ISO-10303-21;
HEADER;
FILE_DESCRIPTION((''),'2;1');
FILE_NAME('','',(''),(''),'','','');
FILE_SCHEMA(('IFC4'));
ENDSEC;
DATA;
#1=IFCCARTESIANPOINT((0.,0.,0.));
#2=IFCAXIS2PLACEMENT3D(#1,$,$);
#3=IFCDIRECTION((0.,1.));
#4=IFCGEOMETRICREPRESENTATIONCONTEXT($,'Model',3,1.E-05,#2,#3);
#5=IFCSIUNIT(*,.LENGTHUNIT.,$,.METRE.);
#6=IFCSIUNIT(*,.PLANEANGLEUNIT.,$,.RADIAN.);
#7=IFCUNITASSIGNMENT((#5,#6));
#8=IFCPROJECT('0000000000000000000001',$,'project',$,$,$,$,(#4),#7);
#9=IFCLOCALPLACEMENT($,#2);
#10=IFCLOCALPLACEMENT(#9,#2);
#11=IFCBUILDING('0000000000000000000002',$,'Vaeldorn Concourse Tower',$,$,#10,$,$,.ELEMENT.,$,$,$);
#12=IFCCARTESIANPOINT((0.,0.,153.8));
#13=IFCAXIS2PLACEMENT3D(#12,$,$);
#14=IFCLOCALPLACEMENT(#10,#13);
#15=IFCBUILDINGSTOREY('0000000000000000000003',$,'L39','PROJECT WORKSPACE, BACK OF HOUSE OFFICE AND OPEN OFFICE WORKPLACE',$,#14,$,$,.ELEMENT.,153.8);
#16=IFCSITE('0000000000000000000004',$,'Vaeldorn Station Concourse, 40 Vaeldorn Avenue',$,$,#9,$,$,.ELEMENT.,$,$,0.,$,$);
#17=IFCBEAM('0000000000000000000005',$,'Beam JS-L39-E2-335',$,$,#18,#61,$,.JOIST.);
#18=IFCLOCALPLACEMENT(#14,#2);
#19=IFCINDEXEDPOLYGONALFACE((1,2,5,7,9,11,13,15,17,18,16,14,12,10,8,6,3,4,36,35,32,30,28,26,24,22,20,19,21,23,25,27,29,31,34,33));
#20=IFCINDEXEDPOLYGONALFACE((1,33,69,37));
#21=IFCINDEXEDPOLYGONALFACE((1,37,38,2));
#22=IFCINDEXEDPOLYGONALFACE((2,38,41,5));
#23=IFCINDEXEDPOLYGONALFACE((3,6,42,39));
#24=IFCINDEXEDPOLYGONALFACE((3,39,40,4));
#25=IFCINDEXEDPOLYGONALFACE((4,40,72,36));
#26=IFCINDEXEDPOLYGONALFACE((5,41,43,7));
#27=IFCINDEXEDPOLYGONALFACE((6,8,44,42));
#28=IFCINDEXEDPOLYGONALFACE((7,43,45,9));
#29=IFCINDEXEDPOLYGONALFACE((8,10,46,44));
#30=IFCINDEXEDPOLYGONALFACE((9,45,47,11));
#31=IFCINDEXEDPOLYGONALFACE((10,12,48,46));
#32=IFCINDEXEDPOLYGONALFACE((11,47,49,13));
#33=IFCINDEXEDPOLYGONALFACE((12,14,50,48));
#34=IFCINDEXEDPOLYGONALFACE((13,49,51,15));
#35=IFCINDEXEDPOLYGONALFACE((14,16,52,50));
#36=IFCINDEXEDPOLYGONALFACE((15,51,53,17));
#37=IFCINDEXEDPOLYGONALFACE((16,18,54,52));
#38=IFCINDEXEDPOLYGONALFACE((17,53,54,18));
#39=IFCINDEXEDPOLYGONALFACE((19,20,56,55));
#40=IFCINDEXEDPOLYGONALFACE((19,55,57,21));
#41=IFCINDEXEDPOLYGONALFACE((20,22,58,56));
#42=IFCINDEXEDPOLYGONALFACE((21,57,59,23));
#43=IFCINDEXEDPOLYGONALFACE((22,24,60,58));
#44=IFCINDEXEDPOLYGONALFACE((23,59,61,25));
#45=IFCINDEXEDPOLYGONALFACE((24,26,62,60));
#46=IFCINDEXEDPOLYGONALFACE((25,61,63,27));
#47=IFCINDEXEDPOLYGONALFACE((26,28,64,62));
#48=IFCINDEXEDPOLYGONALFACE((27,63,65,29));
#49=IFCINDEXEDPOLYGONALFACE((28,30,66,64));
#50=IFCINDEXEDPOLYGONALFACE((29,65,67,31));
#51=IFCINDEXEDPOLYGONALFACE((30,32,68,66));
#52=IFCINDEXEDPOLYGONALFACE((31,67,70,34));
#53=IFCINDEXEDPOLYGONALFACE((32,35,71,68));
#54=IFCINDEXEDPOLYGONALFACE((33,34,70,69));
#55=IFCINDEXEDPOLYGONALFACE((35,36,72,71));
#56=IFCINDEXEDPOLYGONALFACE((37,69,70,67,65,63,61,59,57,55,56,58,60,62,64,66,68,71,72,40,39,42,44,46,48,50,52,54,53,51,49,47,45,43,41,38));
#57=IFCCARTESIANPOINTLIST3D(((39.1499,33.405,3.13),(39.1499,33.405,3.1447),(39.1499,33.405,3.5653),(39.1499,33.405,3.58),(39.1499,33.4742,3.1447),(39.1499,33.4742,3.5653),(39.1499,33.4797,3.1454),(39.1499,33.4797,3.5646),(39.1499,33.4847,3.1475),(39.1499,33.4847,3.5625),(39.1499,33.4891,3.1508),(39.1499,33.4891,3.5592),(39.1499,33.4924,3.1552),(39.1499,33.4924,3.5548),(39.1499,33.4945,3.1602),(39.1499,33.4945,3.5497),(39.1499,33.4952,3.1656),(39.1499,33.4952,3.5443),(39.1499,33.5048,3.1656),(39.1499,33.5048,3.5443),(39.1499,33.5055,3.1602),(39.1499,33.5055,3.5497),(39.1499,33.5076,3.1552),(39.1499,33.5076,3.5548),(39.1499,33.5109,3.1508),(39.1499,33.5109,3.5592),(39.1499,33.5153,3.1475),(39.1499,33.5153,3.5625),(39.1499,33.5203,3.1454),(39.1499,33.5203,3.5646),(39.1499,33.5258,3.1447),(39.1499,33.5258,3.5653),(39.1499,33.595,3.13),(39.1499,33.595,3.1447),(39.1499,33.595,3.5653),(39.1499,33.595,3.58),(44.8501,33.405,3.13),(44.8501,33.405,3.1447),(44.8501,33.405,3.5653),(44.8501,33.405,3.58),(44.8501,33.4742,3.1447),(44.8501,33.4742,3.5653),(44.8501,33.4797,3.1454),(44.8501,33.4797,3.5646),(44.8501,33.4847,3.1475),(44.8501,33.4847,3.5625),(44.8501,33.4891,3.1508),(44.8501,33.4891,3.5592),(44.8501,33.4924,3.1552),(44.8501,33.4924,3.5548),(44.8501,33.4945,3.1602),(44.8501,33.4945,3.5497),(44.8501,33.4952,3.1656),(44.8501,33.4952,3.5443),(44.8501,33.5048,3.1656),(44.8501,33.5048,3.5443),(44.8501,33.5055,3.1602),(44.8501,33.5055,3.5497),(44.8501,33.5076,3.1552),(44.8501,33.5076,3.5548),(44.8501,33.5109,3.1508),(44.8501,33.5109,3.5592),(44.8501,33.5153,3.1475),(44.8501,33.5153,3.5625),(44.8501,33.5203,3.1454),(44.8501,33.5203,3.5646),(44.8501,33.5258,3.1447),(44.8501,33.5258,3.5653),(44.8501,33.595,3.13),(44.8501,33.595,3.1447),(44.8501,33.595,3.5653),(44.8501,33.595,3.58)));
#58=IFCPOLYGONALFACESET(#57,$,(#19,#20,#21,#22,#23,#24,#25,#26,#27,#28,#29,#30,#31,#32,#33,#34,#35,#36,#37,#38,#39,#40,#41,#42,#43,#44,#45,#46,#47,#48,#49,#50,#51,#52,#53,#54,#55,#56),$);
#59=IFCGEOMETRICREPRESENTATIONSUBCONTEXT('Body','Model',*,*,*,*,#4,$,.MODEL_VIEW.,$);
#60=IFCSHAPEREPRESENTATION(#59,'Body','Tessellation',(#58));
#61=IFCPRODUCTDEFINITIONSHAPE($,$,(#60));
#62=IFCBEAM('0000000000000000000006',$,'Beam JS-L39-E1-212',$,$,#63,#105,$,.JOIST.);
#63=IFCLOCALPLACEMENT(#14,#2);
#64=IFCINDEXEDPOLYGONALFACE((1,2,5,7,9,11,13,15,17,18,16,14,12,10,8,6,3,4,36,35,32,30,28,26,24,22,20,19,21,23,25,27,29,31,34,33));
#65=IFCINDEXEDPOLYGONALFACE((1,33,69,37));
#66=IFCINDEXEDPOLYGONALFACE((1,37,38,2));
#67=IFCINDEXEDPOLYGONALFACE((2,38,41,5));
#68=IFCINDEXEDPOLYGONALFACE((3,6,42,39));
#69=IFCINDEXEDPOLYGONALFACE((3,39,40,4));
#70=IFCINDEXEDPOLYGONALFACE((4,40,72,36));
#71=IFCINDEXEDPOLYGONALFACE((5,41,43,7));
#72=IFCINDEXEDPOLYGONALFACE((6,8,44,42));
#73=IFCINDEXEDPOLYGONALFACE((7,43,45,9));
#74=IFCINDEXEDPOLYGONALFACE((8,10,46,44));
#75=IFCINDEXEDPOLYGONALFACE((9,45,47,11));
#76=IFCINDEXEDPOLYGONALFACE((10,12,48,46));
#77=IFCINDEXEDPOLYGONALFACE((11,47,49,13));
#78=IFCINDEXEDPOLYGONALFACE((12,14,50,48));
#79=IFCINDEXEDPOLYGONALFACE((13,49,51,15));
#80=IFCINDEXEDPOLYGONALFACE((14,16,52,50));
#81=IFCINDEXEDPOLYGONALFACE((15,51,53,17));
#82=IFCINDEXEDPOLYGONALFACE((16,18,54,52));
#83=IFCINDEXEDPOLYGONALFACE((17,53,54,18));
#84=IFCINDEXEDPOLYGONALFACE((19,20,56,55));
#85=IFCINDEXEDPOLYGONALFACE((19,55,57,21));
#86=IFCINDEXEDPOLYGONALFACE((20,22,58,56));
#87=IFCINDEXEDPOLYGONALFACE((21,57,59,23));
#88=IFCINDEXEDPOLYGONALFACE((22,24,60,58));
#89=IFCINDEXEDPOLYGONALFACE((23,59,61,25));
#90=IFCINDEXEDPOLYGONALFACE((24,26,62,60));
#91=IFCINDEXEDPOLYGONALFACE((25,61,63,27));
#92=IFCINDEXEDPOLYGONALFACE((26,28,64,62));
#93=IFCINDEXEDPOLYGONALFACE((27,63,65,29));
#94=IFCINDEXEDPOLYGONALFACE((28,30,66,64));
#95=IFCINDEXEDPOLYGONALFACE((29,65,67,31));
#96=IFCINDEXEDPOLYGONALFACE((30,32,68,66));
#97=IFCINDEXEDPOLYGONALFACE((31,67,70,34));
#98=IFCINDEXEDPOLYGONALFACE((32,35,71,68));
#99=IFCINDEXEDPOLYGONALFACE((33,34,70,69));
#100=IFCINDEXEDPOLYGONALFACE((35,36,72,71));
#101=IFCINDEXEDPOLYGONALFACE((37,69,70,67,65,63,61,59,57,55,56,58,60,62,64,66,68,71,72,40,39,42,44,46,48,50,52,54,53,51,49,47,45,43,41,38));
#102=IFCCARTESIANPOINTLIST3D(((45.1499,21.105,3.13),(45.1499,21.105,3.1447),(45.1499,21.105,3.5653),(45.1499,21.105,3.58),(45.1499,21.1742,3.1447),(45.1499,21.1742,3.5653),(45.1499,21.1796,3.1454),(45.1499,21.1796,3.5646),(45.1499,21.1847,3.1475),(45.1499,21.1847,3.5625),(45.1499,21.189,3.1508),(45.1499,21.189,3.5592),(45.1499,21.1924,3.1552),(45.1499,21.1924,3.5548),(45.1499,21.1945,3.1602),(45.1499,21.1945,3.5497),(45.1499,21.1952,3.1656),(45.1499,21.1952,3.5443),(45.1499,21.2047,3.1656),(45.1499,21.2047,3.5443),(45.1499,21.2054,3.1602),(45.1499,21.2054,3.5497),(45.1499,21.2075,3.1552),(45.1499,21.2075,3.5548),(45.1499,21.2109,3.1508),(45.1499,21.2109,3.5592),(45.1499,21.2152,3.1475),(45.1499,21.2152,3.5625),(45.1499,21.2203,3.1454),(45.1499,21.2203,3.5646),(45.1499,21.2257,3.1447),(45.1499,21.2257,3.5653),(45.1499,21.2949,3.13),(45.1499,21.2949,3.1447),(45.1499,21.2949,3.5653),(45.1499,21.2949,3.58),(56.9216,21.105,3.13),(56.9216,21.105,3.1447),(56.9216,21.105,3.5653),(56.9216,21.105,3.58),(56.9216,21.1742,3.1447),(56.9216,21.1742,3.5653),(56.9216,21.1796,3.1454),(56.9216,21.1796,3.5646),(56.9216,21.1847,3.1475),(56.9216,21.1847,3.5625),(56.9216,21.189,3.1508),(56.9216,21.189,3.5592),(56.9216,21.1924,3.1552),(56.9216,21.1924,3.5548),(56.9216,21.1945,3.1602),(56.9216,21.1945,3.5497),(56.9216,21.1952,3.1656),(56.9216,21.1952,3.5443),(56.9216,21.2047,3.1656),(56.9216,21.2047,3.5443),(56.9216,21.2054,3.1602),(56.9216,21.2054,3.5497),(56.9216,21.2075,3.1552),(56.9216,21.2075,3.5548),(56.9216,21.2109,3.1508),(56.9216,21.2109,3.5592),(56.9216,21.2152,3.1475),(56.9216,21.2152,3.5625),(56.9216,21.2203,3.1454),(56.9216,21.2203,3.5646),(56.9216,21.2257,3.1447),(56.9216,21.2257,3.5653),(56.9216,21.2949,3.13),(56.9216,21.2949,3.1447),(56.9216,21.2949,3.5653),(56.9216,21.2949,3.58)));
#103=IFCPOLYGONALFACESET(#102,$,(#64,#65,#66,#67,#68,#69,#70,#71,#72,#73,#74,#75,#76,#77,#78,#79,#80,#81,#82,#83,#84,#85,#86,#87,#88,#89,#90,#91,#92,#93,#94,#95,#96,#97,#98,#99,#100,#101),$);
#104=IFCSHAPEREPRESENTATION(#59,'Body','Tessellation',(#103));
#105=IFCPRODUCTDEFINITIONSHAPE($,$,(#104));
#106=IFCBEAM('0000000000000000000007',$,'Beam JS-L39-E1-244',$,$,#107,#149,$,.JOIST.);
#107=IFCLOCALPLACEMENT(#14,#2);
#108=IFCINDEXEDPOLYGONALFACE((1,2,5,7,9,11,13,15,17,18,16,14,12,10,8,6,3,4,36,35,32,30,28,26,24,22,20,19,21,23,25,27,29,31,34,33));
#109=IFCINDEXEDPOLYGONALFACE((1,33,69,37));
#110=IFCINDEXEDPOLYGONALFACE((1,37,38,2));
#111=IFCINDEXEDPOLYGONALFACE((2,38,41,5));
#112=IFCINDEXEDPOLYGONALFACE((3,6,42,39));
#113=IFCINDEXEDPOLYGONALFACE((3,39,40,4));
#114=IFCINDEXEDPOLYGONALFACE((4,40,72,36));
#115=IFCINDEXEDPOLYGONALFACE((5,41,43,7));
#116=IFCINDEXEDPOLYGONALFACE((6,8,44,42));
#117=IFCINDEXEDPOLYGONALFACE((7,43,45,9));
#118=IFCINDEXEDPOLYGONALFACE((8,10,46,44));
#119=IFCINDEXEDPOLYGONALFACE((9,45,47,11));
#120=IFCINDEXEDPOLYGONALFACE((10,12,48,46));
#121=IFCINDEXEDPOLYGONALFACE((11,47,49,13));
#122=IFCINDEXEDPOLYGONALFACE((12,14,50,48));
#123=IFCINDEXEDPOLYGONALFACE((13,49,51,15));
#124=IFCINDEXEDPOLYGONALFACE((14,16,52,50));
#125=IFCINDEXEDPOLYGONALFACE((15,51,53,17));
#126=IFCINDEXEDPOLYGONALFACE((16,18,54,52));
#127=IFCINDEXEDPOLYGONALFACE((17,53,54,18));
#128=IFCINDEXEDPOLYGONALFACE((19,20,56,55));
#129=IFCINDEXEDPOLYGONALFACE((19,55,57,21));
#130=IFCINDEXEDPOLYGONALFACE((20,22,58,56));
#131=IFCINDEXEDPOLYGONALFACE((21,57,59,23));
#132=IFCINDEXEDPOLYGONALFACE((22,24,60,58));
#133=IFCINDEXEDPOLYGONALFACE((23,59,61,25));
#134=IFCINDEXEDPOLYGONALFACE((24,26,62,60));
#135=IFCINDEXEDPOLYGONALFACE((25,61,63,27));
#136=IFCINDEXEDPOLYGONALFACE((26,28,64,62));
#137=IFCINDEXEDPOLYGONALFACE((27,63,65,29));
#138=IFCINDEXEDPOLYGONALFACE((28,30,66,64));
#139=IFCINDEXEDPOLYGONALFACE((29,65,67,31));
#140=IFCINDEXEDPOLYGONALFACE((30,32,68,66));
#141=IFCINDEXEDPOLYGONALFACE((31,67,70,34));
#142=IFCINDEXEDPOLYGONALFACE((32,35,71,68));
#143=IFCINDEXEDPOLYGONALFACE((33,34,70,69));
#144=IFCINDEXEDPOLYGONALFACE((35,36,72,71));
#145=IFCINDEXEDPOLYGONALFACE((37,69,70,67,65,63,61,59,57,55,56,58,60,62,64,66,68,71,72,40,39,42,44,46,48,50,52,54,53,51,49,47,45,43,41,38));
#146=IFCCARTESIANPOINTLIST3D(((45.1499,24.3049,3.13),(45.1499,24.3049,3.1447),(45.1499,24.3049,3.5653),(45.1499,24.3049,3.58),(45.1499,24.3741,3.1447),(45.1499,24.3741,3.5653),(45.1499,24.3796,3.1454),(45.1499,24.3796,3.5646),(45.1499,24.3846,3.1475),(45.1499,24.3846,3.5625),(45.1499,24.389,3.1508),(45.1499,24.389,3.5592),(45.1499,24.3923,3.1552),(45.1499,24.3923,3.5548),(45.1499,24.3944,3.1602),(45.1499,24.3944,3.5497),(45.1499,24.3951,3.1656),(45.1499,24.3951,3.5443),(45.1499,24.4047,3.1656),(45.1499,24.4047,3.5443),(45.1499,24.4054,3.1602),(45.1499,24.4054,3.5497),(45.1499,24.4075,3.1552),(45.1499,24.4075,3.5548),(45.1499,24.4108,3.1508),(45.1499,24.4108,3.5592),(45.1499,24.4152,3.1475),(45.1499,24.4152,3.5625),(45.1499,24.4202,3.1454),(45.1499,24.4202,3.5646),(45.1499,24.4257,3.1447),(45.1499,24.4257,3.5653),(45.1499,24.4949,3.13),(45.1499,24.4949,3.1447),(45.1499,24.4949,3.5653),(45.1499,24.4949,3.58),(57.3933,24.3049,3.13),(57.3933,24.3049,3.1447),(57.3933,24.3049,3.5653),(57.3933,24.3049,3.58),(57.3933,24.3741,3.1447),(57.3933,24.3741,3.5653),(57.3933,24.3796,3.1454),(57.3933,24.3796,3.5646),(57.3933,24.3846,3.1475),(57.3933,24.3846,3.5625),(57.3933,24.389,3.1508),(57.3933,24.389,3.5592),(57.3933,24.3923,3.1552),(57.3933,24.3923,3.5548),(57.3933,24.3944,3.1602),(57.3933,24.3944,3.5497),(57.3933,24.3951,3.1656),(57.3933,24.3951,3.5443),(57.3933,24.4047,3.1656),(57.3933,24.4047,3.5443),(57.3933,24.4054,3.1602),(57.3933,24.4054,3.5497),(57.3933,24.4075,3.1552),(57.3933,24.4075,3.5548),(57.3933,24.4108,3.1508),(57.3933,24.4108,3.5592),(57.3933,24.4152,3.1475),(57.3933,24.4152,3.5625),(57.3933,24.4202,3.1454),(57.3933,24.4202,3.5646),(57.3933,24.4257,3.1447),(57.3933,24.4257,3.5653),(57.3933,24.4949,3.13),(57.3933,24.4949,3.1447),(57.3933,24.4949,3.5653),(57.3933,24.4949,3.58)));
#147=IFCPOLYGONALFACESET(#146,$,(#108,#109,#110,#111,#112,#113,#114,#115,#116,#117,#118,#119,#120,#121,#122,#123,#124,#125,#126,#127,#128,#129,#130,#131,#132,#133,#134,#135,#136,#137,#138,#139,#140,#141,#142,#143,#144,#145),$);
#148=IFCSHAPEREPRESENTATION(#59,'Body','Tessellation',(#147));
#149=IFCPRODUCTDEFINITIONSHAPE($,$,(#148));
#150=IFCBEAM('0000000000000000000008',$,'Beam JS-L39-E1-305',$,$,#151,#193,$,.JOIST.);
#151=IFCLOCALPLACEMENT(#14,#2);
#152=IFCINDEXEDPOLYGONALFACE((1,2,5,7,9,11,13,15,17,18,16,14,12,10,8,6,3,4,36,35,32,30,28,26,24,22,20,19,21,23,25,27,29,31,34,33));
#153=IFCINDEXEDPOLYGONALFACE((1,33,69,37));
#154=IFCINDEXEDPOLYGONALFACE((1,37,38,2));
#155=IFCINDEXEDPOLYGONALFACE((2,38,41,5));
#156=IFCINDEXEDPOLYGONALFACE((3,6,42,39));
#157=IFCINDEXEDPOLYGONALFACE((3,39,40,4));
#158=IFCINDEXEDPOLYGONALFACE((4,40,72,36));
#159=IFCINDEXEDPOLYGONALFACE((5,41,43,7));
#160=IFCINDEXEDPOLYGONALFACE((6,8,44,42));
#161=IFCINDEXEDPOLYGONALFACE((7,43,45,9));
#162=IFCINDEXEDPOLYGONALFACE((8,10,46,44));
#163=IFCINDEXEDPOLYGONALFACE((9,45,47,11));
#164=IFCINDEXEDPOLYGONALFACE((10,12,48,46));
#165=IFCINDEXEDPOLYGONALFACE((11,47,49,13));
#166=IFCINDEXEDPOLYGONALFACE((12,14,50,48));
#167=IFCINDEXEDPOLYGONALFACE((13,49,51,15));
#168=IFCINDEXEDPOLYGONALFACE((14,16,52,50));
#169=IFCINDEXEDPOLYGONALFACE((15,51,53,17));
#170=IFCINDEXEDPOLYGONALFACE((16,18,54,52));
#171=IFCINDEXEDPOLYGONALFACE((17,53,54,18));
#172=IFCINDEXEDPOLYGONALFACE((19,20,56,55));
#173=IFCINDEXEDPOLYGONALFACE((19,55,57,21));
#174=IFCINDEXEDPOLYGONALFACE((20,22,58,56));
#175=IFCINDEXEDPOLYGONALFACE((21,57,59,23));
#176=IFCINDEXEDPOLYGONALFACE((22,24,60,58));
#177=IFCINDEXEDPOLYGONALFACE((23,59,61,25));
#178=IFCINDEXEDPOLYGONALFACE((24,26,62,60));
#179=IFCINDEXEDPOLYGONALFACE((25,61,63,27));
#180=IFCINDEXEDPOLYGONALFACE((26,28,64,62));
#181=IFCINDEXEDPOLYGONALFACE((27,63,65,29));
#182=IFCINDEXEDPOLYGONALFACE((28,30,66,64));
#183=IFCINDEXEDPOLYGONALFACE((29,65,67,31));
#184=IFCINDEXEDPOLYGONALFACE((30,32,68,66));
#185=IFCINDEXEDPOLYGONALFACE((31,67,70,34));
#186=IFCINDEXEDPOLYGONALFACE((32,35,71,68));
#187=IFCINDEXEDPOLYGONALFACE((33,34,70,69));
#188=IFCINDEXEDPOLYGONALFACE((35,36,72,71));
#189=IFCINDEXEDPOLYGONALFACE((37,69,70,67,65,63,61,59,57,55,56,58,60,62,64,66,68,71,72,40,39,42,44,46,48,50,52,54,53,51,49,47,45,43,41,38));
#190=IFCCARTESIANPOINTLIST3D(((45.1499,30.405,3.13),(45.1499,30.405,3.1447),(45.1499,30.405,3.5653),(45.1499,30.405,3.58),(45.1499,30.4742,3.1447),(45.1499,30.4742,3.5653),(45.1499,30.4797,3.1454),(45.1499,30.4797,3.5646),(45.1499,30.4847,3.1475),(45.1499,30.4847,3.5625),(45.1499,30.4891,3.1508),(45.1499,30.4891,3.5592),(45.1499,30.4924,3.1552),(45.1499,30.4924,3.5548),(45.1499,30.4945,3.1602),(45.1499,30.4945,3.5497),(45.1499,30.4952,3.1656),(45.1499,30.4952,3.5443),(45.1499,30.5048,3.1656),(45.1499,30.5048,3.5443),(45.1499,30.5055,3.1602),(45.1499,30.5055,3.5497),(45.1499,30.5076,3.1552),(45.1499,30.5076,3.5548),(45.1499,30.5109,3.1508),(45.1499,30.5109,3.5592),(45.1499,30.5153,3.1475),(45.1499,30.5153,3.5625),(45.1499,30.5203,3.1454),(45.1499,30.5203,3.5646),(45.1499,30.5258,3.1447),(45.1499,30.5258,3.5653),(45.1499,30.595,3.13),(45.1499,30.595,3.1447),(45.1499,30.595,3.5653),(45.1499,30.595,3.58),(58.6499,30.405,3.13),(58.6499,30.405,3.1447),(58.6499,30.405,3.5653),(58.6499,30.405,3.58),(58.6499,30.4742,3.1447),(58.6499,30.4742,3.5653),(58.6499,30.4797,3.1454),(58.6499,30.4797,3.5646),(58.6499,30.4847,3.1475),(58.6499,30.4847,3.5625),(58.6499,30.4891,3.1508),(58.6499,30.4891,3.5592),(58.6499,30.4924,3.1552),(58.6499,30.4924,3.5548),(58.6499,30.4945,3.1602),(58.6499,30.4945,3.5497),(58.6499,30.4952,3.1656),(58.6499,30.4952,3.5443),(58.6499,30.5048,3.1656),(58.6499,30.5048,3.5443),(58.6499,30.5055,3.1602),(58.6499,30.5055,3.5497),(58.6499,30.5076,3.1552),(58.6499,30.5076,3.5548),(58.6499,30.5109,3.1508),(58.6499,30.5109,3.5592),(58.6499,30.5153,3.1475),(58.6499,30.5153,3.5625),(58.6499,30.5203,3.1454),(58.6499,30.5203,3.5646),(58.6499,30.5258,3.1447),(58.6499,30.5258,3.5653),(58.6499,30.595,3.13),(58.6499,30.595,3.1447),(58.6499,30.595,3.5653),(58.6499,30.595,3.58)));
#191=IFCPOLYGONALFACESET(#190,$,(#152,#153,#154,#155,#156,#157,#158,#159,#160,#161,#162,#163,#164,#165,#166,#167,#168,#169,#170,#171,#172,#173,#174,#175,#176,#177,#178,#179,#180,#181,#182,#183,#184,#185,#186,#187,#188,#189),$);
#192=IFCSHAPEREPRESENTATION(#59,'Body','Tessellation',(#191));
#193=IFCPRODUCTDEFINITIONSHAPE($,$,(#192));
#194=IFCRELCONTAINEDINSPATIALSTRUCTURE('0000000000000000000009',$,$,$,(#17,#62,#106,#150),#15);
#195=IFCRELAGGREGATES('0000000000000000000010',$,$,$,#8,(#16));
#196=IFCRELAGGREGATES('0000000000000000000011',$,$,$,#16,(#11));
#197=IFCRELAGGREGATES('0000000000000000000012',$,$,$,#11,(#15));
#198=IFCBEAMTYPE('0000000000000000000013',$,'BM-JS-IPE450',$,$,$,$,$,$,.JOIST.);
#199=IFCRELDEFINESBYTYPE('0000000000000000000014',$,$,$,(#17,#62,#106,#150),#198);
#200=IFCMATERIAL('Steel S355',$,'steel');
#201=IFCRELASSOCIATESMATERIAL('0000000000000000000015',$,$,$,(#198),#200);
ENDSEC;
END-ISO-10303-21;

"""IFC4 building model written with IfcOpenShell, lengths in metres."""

from ifc_helpers import new_model, si_unit, direction, frame, origin, origin_2d, place, context, subcontext, project, spatial, i_section, extrude, source, transform, mapped, material, material_profile, profile_set, type_object, element, save


model = new_model("IFC4")

# Units and contexts
model_context = context("Model", 3, precision=1e-05, world=origin(), true_north=direction((0.0, 1.0)))
body_context = subcontext(model_context, "Body", "Model", "MODEL_VIEW")
ifc_project = project(units=[si_unit("LENGTHUNIT", "METRE"), si_unit("PLANEANGLEUNIT", "RADIAN")], contexts=[model_context])

# Site, building, storey
site_placement = place(None, origin())
site = spatial("IfcSite", under=ifc_project, at=site_placement, Name="Vaeldorn Station Concourse, 40 Vaeldorn Avenue", CompositionType="ELEMENT", RefElevation=0.0)
building_placement = place(site_placement, origin())
building = spatial("IfcBuilding", under=site, at=building_placement, Name="Vaeldorn Concourse Tower", CompositionType="ELEMENT")
storey_placement = place(building_placement, frame((0.0, 0.0, 153.8)))
storey = spatial("IfcBuildingStorey", under=building, at=storey_placement, Name="L39", Description="PROJECT WORKSPACE, BACK OF HOUSE OFFICE AND OPEN OFFICE WORKPLACE", CompositionType="ELEMENT", Elevation=153.8)

# Beams
ifc_material_1 = material(Name="Steel S355", Category="steel")
ifc_material_profile_1 = material_profile(ifc_material_1, i_section(OverallWidth=0.1899, OverallDepth=0.45, WebThickness=0.0095, FlangeThickness=0.0146, FilletRadius=0.021, at=origin_2d()), Name="IPE 450")
ifc_profile_set_1 = profile_set([ifc_material_profile_1], Name="Steel S355")
beam_type_1 = type_object("IfcBeamType", Name="BM-JS-IPE450", PredefinedType="JOIST", material=ifc_profile_set_1)
shared_shape_1 = source(origin(), body_context, "Body", "SweptSolid", [
    extrude(i_section(OverallWidth=0.1899, OverallDepth=0.45, WebThickness=0.0095, FlangeThickness=0.0146, FilletRadius=0.021, at=origin_2d()), origin(), (0.0, 0.0, 1.0), 5.7002),
])
for number, where, z_axis, x_axis, name in (
    (1, (39.1499, 33.5, 3.355), (1.0, 0.0, 0.0), (0.0, 1.0, 0.0), "Beam JS-L39-E2-335"),
):
    element("IfcBeam", number, at=place(storey_placement, frame(where, z_axis=z_axis, x_axis=x_axis)), inside=storey, type_object=beam_type_1, Name=name, PredefinedType="JOIST", context=body_context, shape_type="MappedRepresentation", body=[
        mapped(shared_shape_1, transform((0.0, 0.0, 0.0), scale=1.0)),
    ])
shared_shape_2 = source(origin(), body_context, "Body", "SweptSolid", [
    extrude(i_section(OverallWidth=0.1899, OverallDepth=0.45, WebThickness=0.0095, FlangeThickness=0.0146, FilletRadius=0.021, at=origin_2d()), origin(), (0.0, 0.0, 1.0), 11.7717),
])
beam_1_placement = place(storey_placement, frame((45.1499, 21.2, 3.355), z_axis=(1.0, 0.0, 0.0), x_axis=(0.0, 1.0, 0.0)))
element("IfcBeam", 2, at=beam_1_placement, inside=storey, type_object=beam_type_1, Name="Beam JS-L39-E1-212", PredefinedType="JOIST", context=body_context, shape_type="MappedRepresentation", body=[
    mapped(shared_shape_2, transform((0.0, 0.0, 0.0), scale=1.0)),
])
shared_shape_3 = source(origin(), body_context, "Body", "SweptSolid", [
    extrude(i_section(OverallWidth=0.1899, OverallDepth=0.45, WebThickness=0.0095, FlangeThickness=0.0146, FilletRadius=0.021, at=origin_2d()), origin(), (0.0, 0.0, 1.0), 12.2434),
])
beam_2_placement = place(storey_placement, frame((45.1499, 24.3999, 3.355), z_axis=(1.0, 0.0, 0.0), x_axis=(0.0, 1.0, 0.0)))
element("IfcBeam", 3, at=beam_2_placement, inside=storey, type_object=beam_type_1, Name="Beam JS-L39-E1-244", PredefinedType="JOIST", context=body_context, shape_type="MappedRepresentation", body=[
    mapped(shared_shape_3, transform((0.0, 0.0, 0.0), scale=1.0)),
])
shared_shape_4 = source(origin(), body_context, "Body", "SweptSolid", [
    extrude(i_section(OverallWidth=0.1899, OverallDepth=0.45, WebThickness=0.0095, FlangeThickness=0.0146, FilletRadius=0.021, at=origin_2d()), origin(), (0.0, 0.0, 1.0), 13.5),
])
beam_3_placement = place(storey_placement, frame((45.1499, 30.5, 3.355), z_axis=(1.0, 0.0, 0.0), x_axis=(0.0, 1.0, 0.0)))
element("IfcBeam", 4, at=beam_3_placement, inside=storey, type_object=beam_type_1, Name="Beam JS-L39-E1-305", PredefinedType="JOIST", context=body_context, shape_type="MappedRepresentation", body=[
    mapped(shared_shape_4, transform((0.0, 0.0, 0.0), scale=1.0)),
])

save(model, "model.ifc")
